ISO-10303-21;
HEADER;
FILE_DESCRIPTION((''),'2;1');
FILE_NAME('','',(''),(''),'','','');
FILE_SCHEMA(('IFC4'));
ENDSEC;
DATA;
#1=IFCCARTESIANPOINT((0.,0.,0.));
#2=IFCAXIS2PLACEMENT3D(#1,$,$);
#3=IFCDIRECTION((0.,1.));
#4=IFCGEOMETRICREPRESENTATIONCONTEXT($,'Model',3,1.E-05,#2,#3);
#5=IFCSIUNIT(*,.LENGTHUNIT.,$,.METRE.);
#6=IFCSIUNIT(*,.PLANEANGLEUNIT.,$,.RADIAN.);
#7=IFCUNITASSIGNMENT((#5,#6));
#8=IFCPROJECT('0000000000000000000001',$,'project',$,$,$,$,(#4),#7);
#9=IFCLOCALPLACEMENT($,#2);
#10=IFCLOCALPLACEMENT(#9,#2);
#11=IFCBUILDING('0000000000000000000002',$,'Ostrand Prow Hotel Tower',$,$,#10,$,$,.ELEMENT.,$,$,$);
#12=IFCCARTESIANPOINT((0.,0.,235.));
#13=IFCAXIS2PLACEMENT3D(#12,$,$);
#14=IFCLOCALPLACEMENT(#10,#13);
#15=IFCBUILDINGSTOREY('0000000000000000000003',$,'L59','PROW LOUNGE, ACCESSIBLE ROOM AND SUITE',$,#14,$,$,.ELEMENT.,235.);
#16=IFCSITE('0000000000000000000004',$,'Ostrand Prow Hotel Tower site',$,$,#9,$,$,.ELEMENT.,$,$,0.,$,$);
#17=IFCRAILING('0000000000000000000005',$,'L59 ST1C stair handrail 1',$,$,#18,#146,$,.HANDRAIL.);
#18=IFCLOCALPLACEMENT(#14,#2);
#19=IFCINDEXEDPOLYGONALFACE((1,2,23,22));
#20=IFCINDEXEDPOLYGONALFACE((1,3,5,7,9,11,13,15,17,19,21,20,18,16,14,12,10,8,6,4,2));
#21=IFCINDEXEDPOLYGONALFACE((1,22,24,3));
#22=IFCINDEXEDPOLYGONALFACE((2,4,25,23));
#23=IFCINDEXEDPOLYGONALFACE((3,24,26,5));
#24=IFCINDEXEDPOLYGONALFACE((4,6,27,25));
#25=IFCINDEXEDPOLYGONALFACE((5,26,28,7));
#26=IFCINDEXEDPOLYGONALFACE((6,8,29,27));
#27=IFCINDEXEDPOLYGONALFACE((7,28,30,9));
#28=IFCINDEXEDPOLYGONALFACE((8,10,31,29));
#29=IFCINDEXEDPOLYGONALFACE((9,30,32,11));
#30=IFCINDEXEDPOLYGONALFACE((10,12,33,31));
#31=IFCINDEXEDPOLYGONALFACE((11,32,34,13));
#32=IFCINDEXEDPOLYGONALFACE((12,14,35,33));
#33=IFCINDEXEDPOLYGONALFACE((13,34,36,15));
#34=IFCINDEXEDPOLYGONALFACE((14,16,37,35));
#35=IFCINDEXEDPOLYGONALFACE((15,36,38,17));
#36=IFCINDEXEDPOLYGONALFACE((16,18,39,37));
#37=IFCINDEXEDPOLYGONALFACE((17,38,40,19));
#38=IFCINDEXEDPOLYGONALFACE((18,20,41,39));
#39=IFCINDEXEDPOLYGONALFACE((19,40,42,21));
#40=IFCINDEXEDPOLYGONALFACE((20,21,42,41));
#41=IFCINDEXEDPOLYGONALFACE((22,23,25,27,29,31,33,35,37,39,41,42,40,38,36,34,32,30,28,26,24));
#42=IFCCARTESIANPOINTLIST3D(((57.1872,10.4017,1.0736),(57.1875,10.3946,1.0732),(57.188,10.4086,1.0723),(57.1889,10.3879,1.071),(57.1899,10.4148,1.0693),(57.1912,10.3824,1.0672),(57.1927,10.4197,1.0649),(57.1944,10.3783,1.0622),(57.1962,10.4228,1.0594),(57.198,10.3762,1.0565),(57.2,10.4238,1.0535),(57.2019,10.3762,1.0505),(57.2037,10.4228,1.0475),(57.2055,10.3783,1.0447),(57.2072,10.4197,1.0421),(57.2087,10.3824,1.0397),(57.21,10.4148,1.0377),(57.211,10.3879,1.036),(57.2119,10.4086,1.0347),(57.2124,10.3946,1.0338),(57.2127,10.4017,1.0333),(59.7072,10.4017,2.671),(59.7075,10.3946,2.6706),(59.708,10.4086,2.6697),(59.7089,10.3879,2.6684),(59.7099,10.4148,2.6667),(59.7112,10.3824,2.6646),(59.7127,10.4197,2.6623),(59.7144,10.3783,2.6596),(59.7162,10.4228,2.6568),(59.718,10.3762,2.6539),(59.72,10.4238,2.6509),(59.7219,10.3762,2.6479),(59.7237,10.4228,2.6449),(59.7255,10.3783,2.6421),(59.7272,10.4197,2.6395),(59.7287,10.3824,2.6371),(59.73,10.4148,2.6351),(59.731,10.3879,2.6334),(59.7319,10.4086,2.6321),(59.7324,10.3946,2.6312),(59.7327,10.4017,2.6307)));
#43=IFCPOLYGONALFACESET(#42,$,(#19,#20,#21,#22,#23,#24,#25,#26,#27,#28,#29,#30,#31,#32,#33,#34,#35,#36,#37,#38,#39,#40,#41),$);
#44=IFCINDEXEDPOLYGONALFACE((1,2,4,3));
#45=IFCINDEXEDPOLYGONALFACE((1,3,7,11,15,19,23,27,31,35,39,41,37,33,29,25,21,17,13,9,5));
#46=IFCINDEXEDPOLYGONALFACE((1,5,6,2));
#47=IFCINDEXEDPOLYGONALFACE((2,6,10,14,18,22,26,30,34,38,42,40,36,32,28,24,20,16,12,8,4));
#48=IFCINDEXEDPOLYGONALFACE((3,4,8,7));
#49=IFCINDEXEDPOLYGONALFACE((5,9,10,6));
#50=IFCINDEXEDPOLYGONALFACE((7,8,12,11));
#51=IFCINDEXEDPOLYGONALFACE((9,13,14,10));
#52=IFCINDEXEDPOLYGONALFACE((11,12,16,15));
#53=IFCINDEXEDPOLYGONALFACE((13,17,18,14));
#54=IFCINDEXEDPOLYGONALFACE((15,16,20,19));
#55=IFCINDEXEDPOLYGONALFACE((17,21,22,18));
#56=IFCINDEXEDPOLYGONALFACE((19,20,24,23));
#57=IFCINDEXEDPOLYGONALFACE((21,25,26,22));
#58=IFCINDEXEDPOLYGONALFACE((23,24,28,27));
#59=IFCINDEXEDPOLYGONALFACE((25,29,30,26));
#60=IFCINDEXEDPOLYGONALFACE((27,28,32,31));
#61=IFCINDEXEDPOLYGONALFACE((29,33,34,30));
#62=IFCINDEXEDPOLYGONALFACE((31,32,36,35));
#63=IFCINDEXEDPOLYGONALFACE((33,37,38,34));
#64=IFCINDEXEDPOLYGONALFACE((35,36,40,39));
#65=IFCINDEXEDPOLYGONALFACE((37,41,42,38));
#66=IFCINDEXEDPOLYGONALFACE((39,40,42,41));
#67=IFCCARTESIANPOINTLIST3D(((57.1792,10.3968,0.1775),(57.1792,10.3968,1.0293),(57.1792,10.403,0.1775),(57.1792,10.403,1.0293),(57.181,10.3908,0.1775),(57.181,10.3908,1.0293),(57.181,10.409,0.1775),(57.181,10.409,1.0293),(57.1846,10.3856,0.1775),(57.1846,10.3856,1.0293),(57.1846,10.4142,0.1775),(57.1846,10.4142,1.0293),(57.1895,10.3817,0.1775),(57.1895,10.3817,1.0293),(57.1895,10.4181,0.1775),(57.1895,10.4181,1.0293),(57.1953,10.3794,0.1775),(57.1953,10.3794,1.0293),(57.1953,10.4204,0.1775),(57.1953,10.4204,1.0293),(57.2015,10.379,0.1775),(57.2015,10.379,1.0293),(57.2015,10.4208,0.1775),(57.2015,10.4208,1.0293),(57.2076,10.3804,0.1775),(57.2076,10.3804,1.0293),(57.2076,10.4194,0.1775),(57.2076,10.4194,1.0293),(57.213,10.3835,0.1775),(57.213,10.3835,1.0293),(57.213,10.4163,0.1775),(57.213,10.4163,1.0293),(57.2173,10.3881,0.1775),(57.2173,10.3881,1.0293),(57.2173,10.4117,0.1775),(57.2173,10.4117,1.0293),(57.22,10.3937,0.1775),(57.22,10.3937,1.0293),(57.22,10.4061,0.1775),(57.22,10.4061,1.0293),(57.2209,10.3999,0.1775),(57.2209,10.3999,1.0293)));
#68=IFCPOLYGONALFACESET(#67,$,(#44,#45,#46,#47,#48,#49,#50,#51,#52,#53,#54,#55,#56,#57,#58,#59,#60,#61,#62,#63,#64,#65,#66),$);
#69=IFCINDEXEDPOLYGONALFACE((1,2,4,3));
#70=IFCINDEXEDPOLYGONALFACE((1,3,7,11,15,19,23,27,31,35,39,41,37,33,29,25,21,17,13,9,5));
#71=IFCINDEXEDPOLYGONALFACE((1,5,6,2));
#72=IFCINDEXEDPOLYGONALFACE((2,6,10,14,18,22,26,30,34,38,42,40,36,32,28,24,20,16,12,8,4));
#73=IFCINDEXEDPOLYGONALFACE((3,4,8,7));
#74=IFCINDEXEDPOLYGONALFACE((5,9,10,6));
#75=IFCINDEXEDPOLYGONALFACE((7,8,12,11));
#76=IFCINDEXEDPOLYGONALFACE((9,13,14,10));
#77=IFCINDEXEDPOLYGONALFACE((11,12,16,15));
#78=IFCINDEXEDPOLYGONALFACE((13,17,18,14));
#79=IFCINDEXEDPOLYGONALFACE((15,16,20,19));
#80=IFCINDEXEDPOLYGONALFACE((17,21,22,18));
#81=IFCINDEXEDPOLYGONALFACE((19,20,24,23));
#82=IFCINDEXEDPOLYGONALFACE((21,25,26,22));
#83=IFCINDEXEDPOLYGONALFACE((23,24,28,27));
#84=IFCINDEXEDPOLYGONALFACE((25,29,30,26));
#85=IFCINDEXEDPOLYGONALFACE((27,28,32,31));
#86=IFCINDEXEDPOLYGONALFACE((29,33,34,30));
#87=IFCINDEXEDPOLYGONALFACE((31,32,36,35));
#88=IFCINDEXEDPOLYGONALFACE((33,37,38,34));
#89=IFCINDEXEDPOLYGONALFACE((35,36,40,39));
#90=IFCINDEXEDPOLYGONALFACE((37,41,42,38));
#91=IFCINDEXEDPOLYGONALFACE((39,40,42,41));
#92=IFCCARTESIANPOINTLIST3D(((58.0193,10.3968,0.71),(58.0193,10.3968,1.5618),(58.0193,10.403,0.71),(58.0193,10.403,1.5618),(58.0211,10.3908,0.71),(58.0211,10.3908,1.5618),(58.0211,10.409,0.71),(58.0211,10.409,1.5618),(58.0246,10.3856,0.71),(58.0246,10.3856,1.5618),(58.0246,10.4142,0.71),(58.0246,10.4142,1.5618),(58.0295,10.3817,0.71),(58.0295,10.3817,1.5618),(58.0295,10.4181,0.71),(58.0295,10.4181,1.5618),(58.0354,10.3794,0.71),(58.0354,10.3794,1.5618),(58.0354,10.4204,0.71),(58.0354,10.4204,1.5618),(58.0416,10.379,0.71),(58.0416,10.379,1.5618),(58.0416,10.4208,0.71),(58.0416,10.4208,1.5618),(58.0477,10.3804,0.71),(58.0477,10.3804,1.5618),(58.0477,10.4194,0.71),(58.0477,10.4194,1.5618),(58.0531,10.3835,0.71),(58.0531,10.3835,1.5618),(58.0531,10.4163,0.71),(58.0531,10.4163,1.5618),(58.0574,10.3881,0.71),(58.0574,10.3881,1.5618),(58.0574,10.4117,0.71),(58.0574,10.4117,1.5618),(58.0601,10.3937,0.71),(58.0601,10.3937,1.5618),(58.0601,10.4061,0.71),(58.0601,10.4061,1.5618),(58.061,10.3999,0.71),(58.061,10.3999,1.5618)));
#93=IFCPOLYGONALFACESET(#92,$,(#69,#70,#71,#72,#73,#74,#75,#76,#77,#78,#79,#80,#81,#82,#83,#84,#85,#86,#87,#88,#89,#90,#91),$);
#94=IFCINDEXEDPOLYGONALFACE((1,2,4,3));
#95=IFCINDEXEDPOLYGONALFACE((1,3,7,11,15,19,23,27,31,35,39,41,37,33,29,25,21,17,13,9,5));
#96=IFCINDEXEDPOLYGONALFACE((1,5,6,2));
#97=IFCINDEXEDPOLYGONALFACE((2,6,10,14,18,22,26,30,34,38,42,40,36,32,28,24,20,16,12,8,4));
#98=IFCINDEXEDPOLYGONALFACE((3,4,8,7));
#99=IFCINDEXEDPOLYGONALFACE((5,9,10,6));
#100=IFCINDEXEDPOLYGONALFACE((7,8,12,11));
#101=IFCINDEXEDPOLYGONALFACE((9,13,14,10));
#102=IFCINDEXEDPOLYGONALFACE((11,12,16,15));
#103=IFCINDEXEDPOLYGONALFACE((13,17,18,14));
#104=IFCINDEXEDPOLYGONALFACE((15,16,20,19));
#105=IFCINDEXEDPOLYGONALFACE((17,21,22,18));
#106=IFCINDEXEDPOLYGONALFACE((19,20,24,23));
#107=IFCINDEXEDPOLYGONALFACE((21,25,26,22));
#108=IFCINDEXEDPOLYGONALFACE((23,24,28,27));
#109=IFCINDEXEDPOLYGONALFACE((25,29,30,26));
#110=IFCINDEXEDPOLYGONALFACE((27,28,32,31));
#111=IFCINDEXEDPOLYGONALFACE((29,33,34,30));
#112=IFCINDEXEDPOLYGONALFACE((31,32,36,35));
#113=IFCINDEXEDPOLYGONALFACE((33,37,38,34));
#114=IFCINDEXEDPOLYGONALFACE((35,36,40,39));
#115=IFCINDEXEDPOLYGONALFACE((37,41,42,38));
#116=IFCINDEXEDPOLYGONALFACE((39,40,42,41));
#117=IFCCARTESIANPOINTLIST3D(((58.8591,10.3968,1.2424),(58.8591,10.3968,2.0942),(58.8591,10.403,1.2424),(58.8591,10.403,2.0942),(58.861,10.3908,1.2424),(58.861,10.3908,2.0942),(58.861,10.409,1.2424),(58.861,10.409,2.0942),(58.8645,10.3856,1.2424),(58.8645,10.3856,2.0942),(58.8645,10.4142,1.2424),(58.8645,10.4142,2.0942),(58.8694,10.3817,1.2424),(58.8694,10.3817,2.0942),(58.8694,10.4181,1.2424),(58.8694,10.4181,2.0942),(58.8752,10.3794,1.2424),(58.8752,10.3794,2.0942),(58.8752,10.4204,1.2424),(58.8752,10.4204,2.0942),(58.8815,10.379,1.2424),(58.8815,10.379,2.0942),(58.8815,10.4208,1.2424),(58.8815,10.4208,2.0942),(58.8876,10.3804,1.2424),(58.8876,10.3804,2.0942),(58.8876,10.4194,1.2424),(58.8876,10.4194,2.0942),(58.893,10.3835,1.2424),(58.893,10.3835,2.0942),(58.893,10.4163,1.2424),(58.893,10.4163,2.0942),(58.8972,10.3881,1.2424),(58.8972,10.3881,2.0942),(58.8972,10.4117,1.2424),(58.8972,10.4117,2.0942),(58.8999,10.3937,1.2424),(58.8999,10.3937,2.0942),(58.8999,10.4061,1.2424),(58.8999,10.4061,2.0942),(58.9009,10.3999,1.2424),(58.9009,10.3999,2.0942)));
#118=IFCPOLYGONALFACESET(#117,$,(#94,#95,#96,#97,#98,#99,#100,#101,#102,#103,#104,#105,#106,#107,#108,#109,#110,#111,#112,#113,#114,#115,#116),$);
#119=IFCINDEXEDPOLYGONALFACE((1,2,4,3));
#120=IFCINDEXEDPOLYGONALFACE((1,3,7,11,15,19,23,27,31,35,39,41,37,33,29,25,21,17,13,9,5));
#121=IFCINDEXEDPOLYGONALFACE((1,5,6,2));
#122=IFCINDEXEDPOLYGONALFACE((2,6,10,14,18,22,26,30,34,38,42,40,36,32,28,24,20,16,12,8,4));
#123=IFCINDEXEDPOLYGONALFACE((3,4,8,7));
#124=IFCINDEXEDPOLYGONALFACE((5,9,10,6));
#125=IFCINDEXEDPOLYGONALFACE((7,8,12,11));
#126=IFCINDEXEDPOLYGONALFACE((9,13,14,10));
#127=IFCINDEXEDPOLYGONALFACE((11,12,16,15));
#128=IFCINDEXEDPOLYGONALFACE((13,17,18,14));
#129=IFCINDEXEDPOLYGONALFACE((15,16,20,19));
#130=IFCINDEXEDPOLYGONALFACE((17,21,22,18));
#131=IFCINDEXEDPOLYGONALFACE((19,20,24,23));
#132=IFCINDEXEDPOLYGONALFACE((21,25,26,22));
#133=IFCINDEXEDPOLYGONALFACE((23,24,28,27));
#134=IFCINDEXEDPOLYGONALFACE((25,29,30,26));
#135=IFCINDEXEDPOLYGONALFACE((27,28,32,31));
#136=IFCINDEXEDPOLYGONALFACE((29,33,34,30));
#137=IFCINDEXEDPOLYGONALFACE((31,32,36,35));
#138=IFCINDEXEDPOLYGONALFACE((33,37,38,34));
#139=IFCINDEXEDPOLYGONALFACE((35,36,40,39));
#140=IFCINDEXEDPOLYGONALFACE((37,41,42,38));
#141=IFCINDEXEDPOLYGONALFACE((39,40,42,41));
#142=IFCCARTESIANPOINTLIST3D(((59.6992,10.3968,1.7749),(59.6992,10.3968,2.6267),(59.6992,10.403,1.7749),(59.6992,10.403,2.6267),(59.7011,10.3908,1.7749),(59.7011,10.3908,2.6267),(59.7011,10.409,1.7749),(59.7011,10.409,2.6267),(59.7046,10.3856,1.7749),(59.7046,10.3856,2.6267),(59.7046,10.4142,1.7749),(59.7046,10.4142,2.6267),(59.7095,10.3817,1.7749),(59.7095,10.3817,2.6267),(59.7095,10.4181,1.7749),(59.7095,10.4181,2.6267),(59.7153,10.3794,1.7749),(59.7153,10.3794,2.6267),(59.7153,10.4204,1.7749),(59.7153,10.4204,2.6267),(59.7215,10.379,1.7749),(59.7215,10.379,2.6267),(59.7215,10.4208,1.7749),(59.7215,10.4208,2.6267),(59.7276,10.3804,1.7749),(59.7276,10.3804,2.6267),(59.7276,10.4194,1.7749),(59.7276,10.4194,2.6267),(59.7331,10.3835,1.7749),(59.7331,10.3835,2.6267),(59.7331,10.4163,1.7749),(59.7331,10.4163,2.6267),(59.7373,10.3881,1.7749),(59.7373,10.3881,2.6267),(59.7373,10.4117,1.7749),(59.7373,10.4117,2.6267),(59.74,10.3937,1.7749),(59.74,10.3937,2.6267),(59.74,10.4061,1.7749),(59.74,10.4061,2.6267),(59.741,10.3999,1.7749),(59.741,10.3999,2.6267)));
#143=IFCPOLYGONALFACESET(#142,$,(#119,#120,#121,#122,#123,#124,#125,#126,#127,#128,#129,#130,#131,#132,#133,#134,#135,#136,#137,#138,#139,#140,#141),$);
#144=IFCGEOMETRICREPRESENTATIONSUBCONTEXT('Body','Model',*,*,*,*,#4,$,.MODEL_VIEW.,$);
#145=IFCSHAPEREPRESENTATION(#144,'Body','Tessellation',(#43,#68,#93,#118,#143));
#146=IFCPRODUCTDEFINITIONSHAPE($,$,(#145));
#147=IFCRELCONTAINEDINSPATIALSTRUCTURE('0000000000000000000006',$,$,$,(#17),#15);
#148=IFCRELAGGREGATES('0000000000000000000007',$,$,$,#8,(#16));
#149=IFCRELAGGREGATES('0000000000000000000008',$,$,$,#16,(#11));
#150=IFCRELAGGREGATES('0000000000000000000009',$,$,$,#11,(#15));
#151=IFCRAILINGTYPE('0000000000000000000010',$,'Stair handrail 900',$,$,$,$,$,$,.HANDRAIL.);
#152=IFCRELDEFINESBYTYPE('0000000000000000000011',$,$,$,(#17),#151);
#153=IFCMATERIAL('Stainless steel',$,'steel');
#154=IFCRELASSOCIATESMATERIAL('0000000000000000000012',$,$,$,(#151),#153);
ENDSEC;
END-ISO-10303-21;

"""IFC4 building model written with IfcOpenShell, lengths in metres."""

from ifc_helpers import new_model, si_unit, direction, frame, origin, origin_2d, place, context, subcontext, project, spatial, circle, extrude, material, type_object, element, save


model = new_model("IFC4")

# Units and contexts
model_context = context("Model", 3, precision=1e-05, world=origin(), true_north=direction((0.0, 1.0)))
body_context = subcontext(model_context, "Body", "Model", "MODEL_VIEW")
ifc_project = project(units=[si_unit("LENGTHUNIT", "METRE"), si_unit("PLANEANGLEUNIT", "RADIAN")], contexts=[model_context])

# Site, building, storey
site_placement = place(None, origin())
site = spatial("IfcSite", under=ifc_project, at=site_placement, Name="Ostrand Prow Hotel Tower site", CompositionType="ELEMENT", RefElevation=0.0)
building_placement = place(site_placement, origin())
building = spatial("IfcBuilding", under=site, at=building_placement, Name="Ostrand Prow Hotel Tower", CompositionType="ELEMENT")
storey_placement = place(building_placement, frame((0.0, 0.0, 235.0)))
storey = spatial("IfcBuildingStorey", under=building, at=storey_placement, Name="L59", Description="PROW LOUNGE, ACCESSIBLE ROOM AND SUITE", CompositionType="ELEMENT", Elevation=235.0)

# Railing
ifc_material_1 = material(Name="Stainless steel", Category="steel")
railing_type_1 = type_object("IfcRailingType", Name="Stair handrail 900", PredefinedType="HANDRAIL", material=ifc_material_1)
railing_1_placement = place(storey_placement, frame((57.2, 10.3999, 0.1775)))
element("IfcRailing", 1, at=railing_1_placement, inside=storey, type_object=railing_type_1, Name="L59 ST1C stair handrail 1", PredefinedType="HANDRAIL", context=body_context, shape_type="SweptSolid", body=[
    extrude(circle(Radius=0.0239, at=origin_2d()), frame((0.0, 0.0, 0.876), z_axis=(0.844607, 0.0, 0.535387), x_axis=(0.0, 1.0, 0.0)), (0.0, 0.0, 1.0), 2.9836),
    extrude(circle(Radius=0.021, at=origin_2d()), origin(), (0.0, 0.0, 1.0), 0.8518),
    extrude(circle(Radius=0.021, at=origin_2d()), frame((0.8401, 0.0, 0.5325)), (0.0, 0.0, 1.0), 0.8518),
    extrude(circle(Radius=0.021, at=origin_2d()), frame((1.6799, 0.0, 1.0649)), (0.0, 0.0, 1.0), 0.8518),
    extrude(circle(Radius=0.021, at=origin_2d()), frame((2.52, 0.0, 1.5974)), (0.0, 0.0, 1.0), 0.8518),
])

save(model, "model.ifc")
